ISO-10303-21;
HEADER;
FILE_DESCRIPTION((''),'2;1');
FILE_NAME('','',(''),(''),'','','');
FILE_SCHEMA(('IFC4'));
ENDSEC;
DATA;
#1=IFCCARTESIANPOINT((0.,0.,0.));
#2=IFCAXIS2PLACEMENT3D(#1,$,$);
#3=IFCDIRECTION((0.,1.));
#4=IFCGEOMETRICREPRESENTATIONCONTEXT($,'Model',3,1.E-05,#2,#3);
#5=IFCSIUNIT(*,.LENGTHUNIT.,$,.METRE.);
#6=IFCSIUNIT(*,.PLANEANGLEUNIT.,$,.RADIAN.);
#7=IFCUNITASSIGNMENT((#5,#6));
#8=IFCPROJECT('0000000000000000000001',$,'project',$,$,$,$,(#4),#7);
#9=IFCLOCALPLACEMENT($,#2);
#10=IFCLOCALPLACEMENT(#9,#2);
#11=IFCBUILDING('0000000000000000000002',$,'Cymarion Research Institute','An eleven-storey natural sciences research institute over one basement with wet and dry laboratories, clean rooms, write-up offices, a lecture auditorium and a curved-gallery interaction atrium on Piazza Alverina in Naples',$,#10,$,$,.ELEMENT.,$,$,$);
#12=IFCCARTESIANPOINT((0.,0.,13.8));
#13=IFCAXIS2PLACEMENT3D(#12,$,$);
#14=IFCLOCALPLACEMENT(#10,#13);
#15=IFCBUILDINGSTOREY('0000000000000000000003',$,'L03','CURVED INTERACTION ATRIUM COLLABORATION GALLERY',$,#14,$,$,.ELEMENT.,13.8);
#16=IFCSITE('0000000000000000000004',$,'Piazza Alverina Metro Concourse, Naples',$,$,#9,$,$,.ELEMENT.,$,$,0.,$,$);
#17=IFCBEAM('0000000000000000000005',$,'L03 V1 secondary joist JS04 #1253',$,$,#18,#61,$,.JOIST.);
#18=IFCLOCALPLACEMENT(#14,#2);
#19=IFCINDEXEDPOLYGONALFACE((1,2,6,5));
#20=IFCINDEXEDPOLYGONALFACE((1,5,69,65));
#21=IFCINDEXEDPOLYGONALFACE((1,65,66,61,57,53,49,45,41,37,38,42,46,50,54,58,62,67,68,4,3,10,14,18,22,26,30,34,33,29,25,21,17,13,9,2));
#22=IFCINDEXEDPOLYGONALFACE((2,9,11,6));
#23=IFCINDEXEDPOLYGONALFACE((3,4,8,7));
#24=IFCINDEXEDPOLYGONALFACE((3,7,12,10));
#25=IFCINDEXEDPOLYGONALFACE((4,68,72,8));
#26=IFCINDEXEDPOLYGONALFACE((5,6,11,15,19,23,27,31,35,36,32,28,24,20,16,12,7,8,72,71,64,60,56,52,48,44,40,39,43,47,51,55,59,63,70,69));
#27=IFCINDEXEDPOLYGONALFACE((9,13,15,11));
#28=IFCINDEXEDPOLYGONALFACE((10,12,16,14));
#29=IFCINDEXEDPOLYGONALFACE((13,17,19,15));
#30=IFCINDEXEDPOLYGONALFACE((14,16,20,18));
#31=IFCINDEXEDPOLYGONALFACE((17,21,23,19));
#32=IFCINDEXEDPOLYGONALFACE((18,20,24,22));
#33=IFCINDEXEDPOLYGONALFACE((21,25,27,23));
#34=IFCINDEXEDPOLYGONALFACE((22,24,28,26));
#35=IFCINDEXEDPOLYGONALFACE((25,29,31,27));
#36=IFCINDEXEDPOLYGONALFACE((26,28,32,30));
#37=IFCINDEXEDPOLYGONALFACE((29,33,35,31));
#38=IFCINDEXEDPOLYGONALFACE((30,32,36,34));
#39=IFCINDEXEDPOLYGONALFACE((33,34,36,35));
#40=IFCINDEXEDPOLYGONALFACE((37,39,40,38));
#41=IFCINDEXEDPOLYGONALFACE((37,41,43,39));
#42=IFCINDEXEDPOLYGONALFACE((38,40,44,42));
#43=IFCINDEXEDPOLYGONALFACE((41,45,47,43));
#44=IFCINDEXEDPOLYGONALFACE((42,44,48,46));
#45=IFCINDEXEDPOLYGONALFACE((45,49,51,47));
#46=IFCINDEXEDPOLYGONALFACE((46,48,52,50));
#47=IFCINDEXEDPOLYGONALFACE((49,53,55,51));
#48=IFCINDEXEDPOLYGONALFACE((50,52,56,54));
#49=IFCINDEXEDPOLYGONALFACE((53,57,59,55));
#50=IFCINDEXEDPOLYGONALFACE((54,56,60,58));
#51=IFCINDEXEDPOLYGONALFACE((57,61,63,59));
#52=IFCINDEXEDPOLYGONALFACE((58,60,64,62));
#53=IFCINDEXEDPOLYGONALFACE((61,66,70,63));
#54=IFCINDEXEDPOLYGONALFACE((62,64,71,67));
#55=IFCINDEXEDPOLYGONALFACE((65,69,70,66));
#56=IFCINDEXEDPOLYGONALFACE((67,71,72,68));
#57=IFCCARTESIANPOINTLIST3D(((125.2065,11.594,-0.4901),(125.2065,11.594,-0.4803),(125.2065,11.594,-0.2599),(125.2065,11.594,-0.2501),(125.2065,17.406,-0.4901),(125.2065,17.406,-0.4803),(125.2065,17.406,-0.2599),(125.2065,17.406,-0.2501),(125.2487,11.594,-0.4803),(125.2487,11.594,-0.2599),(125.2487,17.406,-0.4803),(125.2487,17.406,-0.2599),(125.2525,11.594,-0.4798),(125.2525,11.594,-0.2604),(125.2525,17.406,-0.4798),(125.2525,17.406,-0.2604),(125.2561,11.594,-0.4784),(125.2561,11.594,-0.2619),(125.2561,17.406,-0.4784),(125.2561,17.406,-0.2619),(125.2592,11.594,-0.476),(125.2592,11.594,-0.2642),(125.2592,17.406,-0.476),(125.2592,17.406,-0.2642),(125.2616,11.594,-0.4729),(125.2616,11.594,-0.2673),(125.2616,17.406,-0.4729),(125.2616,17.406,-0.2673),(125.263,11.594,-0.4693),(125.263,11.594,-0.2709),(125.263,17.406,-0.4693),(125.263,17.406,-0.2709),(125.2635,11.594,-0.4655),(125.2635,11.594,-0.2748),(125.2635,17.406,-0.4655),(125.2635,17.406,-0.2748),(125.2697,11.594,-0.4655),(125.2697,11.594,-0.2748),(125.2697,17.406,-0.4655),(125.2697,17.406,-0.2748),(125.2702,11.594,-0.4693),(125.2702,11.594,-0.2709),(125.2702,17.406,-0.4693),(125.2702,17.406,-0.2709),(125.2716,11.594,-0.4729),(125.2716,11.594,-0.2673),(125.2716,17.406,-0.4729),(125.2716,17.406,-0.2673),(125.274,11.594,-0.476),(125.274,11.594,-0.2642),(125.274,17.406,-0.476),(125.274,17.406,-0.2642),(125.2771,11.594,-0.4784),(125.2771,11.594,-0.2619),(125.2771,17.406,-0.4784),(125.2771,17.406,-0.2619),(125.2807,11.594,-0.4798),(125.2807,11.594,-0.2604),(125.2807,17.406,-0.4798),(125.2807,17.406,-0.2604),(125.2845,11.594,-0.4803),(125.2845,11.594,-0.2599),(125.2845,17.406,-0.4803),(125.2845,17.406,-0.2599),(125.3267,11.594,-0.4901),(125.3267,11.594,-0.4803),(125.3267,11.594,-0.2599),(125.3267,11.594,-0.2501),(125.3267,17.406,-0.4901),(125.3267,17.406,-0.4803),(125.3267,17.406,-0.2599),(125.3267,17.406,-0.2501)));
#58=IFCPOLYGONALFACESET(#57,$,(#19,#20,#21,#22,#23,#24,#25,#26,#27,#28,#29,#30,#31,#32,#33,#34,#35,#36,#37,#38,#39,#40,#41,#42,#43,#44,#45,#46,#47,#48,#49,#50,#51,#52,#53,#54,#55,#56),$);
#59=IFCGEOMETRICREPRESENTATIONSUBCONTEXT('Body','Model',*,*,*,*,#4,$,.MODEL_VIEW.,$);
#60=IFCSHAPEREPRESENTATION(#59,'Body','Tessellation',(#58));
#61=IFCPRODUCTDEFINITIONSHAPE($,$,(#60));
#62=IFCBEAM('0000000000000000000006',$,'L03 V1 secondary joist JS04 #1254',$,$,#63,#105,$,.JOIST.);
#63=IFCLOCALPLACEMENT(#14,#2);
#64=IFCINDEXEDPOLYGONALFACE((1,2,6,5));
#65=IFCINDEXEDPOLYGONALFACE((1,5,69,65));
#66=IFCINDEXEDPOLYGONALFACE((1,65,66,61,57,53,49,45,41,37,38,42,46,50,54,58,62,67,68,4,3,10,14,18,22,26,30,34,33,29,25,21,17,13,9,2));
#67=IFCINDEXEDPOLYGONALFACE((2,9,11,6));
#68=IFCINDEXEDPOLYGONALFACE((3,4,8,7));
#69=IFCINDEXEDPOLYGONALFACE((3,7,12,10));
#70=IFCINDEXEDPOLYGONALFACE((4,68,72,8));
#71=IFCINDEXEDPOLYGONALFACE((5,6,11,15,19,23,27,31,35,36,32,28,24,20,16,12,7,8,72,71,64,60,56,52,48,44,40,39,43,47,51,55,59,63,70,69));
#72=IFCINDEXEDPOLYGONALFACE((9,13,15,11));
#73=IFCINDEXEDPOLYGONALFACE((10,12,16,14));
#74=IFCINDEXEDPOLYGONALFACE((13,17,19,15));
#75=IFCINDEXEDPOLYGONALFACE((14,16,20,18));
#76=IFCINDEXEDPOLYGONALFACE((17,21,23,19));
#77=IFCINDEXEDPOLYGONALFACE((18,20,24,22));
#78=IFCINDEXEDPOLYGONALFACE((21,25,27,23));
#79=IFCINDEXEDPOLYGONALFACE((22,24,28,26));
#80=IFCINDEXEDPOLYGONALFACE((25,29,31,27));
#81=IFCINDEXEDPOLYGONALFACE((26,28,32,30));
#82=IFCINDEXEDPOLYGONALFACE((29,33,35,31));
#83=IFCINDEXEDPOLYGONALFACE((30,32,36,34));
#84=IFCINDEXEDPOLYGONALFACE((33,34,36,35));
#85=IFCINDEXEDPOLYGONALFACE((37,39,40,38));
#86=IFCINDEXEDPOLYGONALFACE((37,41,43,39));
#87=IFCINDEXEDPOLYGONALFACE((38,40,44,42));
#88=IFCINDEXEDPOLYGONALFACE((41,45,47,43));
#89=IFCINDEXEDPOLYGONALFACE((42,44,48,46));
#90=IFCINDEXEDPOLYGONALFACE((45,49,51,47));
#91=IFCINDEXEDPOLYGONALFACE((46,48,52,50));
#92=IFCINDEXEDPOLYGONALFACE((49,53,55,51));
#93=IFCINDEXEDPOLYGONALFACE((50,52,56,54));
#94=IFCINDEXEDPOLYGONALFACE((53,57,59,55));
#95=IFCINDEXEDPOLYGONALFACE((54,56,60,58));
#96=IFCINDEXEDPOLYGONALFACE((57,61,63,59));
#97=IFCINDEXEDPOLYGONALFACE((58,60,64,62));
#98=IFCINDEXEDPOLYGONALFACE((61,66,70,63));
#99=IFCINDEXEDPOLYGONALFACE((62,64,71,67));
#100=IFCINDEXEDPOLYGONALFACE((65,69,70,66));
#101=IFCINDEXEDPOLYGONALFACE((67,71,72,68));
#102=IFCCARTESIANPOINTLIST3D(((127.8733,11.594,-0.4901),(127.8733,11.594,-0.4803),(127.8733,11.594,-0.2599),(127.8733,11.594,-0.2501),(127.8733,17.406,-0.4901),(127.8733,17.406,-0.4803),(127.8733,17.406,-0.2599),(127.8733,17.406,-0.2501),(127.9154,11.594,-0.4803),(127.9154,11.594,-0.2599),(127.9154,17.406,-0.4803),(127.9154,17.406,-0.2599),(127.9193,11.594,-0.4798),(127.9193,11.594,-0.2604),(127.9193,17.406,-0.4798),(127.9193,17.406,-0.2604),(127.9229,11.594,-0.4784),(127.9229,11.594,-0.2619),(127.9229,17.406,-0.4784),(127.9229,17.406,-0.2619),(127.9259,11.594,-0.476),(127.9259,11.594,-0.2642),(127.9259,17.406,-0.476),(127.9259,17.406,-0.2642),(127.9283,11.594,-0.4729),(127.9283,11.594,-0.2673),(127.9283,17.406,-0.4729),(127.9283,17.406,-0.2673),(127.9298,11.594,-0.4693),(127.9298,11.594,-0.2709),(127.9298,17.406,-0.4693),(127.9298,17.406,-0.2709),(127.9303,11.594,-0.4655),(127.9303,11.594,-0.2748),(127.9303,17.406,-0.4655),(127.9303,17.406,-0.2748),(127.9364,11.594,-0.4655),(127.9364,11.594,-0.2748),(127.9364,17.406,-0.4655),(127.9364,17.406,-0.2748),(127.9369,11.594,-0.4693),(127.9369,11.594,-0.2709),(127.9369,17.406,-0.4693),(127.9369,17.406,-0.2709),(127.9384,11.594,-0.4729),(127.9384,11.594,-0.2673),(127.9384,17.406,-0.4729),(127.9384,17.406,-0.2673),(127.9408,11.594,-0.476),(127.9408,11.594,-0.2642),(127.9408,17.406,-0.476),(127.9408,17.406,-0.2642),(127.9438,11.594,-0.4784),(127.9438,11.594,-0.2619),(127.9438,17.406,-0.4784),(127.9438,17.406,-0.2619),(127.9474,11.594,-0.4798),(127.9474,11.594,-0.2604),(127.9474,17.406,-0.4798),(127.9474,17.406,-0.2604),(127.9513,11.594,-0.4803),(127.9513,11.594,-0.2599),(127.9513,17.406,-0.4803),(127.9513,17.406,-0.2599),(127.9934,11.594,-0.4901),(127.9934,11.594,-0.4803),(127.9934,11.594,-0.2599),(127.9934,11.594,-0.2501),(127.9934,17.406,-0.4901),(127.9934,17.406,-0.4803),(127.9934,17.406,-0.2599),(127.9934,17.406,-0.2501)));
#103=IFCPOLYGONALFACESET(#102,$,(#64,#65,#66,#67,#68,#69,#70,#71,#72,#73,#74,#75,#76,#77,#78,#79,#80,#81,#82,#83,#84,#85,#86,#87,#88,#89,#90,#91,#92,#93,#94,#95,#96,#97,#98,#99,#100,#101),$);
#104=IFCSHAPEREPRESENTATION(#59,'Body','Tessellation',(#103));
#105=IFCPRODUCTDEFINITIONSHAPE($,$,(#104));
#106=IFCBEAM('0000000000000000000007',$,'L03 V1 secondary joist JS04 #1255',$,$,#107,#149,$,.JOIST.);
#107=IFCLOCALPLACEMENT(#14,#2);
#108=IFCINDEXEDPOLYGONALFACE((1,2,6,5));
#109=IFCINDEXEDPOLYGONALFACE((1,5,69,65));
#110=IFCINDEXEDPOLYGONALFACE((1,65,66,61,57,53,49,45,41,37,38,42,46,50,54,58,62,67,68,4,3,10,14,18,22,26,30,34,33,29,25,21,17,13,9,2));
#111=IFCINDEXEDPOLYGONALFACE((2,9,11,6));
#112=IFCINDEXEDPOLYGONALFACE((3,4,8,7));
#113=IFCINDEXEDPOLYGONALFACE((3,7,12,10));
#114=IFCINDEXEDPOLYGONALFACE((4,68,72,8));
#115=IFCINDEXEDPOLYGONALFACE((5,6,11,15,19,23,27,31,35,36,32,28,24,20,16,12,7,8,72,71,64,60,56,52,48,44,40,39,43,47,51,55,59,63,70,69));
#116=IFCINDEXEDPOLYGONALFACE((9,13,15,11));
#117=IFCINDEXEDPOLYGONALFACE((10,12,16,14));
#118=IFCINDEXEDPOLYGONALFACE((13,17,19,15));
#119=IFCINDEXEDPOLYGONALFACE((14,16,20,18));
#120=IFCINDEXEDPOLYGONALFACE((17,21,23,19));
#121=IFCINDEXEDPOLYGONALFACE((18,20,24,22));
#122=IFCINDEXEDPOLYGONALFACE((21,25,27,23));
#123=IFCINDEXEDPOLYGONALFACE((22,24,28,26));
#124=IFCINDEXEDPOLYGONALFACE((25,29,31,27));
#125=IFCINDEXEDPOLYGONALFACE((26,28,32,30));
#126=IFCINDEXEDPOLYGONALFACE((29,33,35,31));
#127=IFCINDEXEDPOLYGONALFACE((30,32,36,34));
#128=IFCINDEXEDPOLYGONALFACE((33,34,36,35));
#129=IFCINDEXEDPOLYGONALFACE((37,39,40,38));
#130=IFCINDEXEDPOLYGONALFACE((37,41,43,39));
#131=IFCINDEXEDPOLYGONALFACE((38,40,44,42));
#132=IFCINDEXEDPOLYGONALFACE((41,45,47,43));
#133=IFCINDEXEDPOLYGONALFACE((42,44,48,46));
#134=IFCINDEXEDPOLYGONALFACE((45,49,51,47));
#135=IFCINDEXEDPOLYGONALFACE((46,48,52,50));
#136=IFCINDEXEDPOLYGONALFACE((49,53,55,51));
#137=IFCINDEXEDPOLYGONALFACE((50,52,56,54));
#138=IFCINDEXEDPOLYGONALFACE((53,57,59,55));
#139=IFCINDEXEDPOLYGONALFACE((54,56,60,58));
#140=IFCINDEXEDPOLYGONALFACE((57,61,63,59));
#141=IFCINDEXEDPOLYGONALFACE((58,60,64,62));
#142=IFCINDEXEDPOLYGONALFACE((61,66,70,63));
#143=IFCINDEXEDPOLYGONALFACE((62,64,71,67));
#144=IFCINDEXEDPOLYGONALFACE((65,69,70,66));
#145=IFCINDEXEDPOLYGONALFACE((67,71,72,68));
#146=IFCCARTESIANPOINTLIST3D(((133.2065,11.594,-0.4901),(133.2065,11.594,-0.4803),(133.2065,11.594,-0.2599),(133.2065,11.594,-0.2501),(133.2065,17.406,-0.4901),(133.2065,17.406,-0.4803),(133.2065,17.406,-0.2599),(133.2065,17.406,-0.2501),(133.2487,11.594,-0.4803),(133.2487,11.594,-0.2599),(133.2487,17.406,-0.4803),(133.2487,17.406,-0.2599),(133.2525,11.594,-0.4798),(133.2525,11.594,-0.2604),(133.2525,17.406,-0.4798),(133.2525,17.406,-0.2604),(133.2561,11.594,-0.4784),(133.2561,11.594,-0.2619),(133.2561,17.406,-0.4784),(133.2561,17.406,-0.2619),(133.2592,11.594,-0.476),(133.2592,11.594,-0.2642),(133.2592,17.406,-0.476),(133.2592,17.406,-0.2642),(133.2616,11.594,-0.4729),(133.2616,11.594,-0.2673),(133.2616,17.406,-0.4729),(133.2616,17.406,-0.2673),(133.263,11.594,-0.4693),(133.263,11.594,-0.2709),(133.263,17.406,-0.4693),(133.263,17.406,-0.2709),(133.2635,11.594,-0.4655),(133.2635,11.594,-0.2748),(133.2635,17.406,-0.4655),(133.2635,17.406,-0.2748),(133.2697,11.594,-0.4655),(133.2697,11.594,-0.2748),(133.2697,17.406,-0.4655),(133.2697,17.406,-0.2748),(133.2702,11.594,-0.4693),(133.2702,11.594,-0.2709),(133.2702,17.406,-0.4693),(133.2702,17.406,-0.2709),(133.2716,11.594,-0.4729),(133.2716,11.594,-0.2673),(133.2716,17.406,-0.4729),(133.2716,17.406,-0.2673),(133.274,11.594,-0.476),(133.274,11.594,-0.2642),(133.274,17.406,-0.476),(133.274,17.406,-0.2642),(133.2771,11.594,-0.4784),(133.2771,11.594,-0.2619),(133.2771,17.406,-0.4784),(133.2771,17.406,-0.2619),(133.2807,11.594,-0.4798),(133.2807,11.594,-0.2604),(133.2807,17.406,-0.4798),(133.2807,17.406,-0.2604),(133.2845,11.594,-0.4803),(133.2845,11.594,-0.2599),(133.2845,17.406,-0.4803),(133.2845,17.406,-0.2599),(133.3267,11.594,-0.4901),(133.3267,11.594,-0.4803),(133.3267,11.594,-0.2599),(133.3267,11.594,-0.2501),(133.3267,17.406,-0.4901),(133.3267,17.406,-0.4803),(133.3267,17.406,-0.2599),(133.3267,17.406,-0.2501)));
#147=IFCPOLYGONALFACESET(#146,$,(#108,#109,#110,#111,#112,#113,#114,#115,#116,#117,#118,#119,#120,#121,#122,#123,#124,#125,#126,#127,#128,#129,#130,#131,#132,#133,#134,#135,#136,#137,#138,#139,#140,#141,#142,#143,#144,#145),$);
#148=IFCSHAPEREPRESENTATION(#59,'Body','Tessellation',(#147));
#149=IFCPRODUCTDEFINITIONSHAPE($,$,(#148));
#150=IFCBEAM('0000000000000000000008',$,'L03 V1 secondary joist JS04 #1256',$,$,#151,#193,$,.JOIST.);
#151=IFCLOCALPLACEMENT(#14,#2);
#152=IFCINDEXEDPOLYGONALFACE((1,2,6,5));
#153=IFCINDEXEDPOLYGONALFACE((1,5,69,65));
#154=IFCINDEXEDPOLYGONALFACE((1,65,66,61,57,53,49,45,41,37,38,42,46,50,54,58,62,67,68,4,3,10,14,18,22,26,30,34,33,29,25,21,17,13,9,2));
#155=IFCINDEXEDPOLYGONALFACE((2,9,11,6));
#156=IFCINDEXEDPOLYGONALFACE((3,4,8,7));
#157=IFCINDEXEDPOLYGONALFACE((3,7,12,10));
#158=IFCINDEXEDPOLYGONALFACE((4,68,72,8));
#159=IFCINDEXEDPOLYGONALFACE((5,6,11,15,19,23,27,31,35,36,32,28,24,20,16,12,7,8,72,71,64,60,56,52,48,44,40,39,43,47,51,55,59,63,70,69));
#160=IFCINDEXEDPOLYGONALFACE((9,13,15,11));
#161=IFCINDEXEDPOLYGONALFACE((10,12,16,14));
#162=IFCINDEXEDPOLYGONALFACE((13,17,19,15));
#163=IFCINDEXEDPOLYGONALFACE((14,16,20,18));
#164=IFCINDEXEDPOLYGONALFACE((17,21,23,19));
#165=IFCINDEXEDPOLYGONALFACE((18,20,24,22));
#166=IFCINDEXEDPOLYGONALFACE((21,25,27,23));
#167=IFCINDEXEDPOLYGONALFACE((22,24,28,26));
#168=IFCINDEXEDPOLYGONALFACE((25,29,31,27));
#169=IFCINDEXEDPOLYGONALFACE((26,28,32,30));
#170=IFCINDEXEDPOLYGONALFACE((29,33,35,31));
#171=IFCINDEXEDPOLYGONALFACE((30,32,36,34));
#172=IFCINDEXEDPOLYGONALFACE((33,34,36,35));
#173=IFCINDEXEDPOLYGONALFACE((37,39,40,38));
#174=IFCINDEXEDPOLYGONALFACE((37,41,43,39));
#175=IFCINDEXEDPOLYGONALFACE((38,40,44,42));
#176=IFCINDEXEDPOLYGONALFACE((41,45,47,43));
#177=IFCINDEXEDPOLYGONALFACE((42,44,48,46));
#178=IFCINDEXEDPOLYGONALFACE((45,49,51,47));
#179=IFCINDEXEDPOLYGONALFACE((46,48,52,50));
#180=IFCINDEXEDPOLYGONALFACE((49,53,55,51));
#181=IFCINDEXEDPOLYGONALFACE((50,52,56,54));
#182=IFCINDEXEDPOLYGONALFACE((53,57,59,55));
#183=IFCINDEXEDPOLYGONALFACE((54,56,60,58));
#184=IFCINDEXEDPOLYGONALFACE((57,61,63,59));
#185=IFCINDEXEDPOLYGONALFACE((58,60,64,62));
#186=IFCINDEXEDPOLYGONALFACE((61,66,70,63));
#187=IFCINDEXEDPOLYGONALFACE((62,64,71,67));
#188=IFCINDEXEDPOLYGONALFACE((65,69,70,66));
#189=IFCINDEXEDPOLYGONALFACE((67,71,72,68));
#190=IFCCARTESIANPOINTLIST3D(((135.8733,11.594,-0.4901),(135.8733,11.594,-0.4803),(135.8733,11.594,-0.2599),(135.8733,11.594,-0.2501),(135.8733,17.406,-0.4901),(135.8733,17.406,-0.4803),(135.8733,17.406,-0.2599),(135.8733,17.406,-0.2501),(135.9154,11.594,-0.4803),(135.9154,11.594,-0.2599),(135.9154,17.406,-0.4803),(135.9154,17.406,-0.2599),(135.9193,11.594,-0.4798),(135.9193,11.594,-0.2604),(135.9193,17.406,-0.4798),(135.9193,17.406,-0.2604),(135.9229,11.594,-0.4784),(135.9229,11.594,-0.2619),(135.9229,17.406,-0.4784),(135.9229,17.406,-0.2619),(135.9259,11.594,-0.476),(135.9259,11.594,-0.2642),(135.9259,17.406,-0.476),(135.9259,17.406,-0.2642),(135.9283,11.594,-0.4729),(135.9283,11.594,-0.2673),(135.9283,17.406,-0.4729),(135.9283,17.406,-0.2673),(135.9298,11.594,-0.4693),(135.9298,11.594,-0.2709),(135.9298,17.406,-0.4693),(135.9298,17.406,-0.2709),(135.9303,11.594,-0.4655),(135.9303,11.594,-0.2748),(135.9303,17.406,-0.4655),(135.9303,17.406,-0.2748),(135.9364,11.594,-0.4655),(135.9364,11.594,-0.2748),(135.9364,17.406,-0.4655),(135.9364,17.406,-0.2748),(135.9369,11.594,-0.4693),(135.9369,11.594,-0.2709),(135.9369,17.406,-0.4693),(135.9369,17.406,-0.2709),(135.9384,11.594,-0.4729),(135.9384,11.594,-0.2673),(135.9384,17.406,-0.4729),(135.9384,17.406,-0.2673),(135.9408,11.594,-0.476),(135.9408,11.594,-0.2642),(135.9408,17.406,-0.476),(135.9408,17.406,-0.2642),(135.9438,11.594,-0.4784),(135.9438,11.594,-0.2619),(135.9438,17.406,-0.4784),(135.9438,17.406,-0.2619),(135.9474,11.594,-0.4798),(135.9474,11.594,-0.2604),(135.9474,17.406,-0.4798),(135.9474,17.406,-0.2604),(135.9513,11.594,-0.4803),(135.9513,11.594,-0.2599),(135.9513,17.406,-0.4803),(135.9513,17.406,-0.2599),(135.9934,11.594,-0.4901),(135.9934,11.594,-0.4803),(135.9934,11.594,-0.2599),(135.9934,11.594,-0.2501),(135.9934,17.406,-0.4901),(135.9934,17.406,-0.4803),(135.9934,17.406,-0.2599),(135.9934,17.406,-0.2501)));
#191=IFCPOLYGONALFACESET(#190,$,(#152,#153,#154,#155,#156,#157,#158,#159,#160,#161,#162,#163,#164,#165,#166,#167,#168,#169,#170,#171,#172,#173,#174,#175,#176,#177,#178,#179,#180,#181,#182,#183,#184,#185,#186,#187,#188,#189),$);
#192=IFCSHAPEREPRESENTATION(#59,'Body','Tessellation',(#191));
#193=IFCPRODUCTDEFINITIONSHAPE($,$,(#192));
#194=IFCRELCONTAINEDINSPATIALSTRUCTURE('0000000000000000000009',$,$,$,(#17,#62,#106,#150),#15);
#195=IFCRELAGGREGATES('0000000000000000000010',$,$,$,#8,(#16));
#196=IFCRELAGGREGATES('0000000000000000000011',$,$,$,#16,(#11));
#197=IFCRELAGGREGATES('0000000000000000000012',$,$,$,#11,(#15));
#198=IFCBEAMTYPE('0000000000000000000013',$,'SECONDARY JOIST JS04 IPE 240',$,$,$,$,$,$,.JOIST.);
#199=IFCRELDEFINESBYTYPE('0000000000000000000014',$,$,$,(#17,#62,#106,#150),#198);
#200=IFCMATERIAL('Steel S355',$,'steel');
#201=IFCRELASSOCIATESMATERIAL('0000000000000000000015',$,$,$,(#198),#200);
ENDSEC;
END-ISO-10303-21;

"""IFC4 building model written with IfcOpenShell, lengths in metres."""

from ifc_helpers import new_model, si_unit, direction, frame, origin, origin_2d, place, context, subcontext, project, spatial, i_section, extrude, material, material_profile, profile_set, type_object, element, save


model = new_model("IFC4")

# Units and contexts
model_context = context("Model", 3, precision=1e-05, world=origin(), true_north=direction((0.0, 1.0)))
body_context = subcontext(model_context, "Body", "Model", "MODEL_VIEW")
ifc_project = project(units=[si_unit("LENGTHUNIT", "METRE"), si_unit("PLANEANGLEUNIT", "RADIAN")], contexts=[model_context])

# Site, building, storey
site_placement = place(None, origin())
site = spatial("IfcSite", under=ifc_project, at=site_placement, Name="Piazza Alverina Metro Concourse, Naples", CompositionType="ELEMENT", RefElevation=0.0)
building_placement = place(site_placement, origin())
building = spatial("IfcBuilding", under=site, at=building_placement, Name="Cymarion Research Institute", Description="An eleven-storey natural sciences research institute over one basement with wet and dry laboratories, clean rooms, write-up offices, a lecture auditorium and a curved-gallery interaction atrium on Piazza Alverina in Naples", CompositionType="ELEMENT")
storey_placement = place(building_placement, frame((0.0, 0.0, 13.8)))
storey = spatial("IfcBuildingStorey", under=building, at=storey_placement, Name="L03", Description="CURVED INTERACTION ATRIUM COLLABORATION GALLERY", CompositionType="ELEMENT", Elevation=13.8)

# Shared definitions
ifc_material_1 = material(Name="Steel S355", Category="steel")

# Beams
ifc_material_profile_1 = material_profile(ifc_material_1, i_section(OverallWidth=0.1201, OverallDepth=0.24, WebThickness=0.0061, FlangeThickness=0.0098, FilletRadius=0.0149, at=origin_2d()), Name="IPE 240")
ifc_profile_set_1 = profile_set([ifc_material_profile_1], Name="Steel S355")
beam_type_1 = type_object("IfcBeamType", Name="SECONDARY JOIST JS04 IPE 240", PredefinedType="JOIST", material=ifc_profile_set_1)
for number, where, z_axis, x_axis, name in (
    (1, (125.2666, 11.594, -0.3701), (0.0, 1.0, 0.0), (-1.0, 0.0, 0.0), "L03 V1 secondary joist JS04 #1253"),
    (2, (127.9333, 11.594, -0.3701), (0.0, 1.0, 0.0), (-1.0, 0.0, 0.0), "L03 V1 secondary joist JS04 #1254"),
    (3, (133.2666, 11.594, -0.3701), (0.0, 1.0, 0.0), (-1.0, 0.0, 0.0), "L03 V1 secondary joist JS04 #1255"),
    (4, (135.9333, 11.594, -0.3701), (0.0, 1.0, 0.0), (-1.0, 0.0, 0.0), "L03 V1 secondary joist JS04 #1256"),
):
    element("IfcBeam", number, at=place(storey_placement, frame(where, z_axis=z_axis, x_axis=x_axis)), inside=storey, type_object=beam_type_1, Name=name, PredefinedType="JOIST", context=body_context, shape_type="SweptSolid", body=[
        extrude(i_section(OverallWidth=0.1201, OverallDepth=0.24, WebThickness=0.0061, FlangeThickness=0.0098, FilletRadius=0.0149, at=origin_2d()), origin(), (0.0, 0.0, 1.0), 5.812),
    ])

save(model, "model.ifc")
